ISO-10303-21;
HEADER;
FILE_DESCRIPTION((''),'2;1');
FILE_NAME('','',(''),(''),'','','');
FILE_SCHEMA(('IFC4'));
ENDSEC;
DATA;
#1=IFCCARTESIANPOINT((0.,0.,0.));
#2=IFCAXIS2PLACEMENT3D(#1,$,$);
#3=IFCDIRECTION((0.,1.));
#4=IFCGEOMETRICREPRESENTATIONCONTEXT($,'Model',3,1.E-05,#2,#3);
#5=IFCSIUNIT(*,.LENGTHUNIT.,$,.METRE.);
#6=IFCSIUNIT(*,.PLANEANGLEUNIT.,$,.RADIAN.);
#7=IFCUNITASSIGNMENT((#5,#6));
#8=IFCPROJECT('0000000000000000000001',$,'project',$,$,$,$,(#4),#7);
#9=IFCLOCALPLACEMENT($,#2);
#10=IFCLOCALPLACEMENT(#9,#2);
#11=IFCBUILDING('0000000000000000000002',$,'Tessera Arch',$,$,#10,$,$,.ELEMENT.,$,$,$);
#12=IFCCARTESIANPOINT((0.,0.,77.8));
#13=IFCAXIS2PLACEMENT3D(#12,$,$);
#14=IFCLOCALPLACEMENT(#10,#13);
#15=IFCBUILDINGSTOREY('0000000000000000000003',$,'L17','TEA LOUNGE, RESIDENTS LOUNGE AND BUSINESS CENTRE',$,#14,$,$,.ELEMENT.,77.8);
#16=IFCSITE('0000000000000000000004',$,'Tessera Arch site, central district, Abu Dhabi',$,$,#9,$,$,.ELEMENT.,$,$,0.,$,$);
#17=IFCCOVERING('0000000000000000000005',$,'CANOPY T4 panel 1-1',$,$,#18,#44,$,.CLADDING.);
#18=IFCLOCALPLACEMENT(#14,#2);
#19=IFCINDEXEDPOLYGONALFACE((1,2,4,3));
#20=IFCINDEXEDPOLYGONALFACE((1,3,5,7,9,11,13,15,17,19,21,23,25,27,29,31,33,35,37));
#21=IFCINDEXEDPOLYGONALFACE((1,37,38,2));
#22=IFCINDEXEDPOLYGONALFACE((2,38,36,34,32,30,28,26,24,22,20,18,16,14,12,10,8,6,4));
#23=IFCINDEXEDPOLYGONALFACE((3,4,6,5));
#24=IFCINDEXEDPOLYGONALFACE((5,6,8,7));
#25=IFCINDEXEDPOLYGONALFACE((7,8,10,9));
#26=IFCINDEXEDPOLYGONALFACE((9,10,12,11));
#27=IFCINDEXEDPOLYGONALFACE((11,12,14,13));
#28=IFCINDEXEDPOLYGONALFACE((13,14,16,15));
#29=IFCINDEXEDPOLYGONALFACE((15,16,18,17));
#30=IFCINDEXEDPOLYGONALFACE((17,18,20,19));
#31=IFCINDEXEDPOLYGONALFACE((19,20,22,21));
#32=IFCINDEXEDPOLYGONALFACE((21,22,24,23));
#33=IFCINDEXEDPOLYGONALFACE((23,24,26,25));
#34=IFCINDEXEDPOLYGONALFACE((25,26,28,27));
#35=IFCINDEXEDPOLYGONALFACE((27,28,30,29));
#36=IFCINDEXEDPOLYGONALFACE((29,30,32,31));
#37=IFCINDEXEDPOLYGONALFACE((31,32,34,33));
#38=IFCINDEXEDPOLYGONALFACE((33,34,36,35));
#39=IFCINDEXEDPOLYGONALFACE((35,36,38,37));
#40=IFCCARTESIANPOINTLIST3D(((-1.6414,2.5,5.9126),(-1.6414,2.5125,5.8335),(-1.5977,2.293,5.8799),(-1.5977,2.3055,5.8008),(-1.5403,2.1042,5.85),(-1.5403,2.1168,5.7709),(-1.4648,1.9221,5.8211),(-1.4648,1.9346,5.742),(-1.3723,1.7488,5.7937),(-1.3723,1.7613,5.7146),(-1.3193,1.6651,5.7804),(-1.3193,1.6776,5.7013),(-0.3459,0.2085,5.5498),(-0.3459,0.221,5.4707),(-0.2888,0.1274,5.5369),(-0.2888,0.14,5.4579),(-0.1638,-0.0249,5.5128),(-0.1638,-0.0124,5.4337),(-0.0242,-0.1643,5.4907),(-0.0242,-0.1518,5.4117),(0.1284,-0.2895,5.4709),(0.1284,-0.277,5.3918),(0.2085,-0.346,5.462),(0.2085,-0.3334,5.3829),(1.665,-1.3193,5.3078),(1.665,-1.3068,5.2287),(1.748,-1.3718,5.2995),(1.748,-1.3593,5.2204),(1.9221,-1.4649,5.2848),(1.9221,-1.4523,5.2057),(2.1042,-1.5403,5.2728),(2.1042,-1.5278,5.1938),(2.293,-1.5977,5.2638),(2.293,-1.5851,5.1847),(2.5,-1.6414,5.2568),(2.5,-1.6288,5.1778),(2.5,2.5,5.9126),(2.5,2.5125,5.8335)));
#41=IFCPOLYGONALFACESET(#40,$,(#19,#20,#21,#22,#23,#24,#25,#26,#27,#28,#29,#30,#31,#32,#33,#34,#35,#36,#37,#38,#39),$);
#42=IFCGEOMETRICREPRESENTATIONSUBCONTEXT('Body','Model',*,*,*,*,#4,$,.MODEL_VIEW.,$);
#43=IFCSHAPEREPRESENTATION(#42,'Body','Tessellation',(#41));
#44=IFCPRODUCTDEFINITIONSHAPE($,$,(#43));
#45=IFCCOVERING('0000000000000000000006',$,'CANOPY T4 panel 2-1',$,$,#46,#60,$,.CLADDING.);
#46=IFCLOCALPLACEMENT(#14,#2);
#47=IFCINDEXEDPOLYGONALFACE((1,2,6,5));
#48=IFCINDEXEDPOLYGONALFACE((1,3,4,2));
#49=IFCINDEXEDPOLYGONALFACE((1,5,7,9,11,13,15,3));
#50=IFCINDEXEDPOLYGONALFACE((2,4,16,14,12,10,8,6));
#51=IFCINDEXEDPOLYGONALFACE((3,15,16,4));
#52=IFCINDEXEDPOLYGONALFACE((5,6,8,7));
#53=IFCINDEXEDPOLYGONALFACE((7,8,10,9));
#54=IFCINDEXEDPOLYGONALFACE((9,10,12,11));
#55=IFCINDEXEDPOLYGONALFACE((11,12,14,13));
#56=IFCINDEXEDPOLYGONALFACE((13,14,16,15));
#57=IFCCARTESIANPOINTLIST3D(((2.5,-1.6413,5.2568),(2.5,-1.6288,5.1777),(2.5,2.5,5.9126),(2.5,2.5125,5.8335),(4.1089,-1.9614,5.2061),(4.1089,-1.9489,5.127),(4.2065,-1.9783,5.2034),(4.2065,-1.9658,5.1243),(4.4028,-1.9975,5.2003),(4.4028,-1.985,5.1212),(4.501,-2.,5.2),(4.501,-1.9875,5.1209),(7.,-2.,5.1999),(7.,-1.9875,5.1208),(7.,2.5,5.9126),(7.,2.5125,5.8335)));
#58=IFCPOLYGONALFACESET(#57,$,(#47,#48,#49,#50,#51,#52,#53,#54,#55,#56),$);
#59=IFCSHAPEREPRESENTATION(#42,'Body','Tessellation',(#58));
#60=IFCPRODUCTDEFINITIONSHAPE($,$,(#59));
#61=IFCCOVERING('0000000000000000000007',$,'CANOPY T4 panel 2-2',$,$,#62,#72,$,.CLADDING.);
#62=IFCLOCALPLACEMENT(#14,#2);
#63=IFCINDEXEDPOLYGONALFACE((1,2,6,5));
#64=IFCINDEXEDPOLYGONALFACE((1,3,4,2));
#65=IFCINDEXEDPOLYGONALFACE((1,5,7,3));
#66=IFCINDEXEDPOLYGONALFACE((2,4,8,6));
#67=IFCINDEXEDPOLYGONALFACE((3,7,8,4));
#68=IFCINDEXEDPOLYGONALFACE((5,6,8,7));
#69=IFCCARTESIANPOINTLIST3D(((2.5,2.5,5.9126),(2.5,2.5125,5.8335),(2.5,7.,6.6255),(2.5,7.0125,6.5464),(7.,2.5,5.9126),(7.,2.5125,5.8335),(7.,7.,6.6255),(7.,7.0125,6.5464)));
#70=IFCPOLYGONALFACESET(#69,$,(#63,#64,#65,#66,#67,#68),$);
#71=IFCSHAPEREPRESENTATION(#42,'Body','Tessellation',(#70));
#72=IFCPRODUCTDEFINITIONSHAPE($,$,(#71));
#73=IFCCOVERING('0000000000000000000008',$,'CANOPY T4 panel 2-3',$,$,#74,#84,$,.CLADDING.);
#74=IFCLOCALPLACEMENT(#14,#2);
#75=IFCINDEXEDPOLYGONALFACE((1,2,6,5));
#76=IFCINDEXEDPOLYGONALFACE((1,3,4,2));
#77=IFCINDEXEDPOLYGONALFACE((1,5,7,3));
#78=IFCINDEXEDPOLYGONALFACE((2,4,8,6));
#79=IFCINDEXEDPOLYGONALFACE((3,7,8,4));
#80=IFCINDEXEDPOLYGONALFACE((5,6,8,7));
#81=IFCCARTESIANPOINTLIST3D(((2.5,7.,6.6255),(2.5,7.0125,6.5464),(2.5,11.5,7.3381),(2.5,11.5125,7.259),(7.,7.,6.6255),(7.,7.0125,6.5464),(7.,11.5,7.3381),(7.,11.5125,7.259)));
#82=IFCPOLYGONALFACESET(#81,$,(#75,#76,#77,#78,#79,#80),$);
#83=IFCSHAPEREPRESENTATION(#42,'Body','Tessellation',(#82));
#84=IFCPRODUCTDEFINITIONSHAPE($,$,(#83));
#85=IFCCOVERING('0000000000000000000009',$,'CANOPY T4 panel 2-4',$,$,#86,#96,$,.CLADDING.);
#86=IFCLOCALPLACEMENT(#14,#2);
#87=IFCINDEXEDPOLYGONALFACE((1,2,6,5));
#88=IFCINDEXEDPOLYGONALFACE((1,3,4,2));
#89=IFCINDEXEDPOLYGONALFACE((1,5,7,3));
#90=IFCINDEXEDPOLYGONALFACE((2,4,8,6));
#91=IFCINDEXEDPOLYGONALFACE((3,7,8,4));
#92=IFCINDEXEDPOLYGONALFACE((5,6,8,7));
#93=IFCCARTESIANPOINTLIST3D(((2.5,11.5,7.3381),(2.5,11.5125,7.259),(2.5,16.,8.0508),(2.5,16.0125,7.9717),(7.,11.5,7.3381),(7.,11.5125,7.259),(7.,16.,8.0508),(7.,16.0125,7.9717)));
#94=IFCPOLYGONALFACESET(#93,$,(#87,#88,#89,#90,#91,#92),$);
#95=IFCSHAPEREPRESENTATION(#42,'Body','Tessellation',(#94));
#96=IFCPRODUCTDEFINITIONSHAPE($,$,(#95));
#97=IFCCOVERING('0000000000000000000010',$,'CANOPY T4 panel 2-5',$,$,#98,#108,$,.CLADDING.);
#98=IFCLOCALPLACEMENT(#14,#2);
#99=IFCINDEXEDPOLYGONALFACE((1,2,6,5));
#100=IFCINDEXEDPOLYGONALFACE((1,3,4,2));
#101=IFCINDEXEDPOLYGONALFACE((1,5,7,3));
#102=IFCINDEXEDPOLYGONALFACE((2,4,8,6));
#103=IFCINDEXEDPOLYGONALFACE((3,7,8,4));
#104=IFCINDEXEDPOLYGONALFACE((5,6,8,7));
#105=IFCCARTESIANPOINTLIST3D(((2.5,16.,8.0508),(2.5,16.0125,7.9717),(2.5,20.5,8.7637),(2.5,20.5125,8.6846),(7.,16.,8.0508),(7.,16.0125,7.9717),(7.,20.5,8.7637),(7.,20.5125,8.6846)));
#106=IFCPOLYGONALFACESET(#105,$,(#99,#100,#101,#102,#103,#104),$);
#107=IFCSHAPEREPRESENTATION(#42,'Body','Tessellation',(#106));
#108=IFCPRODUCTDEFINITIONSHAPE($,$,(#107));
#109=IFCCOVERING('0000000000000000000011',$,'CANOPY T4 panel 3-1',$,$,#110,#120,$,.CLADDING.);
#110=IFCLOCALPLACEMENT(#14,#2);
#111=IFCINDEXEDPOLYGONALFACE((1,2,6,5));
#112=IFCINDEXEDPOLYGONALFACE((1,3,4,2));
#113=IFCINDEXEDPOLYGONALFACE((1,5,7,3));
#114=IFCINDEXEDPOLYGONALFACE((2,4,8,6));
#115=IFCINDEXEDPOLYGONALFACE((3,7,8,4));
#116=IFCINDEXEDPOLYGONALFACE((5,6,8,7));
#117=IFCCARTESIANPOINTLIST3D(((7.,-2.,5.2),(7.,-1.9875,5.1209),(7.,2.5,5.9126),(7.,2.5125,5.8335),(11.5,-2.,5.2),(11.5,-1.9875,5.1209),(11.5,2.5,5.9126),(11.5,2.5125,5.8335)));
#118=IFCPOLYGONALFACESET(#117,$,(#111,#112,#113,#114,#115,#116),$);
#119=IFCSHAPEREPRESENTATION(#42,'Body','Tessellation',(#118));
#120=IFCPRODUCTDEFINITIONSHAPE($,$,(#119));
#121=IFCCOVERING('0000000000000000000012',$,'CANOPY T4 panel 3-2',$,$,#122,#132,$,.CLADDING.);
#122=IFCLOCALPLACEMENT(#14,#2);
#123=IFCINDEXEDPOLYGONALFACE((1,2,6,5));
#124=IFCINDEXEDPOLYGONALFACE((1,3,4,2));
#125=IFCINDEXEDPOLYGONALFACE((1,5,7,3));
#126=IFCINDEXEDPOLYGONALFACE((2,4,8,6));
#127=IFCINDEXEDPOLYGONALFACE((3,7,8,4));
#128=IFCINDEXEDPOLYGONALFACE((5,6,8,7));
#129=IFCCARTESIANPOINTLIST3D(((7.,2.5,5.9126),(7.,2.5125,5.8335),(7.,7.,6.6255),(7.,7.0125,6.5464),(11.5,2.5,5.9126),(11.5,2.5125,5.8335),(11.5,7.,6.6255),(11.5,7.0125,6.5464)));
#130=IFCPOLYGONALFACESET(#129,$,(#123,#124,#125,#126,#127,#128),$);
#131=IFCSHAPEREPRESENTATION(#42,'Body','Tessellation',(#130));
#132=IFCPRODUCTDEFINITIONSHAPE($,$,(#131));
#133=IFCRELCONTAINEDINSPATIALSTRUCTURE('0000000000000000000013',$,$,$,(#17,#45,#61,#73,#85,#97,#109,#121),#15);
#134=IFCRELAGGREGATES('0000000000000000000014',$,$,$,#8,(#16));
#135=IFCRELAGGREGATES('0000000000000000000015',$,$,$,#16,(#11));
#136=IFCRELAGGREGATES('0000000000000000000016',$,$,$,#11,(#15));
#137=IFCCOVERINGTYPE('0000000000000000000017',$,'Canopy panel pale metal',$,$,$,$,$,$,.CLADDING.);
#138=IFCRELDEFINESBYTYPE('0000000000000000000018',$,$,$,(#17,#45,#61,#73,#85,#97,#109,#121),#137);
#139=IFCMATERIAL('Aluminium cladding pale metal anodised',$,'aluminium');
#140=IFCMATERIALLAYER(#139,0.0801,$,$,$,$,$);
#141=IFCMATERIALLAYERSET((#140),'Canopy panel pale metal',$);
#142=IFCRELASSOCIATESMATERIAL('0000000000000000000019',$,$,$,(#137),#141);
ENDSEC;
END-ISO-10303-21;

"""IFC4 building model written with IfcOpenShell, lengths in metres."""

from ifc_helpers import new_model, si_unit, direction, frame, origin, place, context, subcontext, project, spatial, polyline, outline, extrude, material, layer, layer_set, type_object, element, save


model = new_model("IFC4")

# Units and contexts
model_context = context("Model", 3, precision=1e-05, world=origin(), true_north=direction((0.0, 1.0)))
body_context = subcontext(model_context, "Body", "Model", "MODEL_VIEW")
ifc_project = project(units=[si_unit("LENGTHUNIT", "METRE"), si_unit("PLANEANGLEUNIT", "RADIAN")], contexts=[model_context])

# Site, building, storey
site_placement = place(None, origin())
site = spatial("IfcSite", under=ifc_project, at=site_placement, Name="Tessera Arch site, central district, Abu Dhabi", CompositionType="ELEMENT", RefElevation=0.0)
building_placement = place(site_placement, origin())
building = spatial("IfcBuilding", under=site, at=building_placement, Name="Tessera Arch", CompositionType="ELEMENT")
storey_placement = place(building_placement, frame((0.0, 0.0, 77.8)))
storey = spatial("IfcBuildingStorey", under=building, at=storey_placement, Name="L17", Description="TEA LOUNGE, RESIDENTS LOUNGE AND BUSINESS CENTRE", CompositionType="ELEMENT", Elevation=77.8)

# Coverings
ifc_material_1 = material(Name="Aluminium cladding pale metal anodised", Category="aluminium")
ifc_layer_1 = layer(ifc_material_1, 0.0801)
ifc_layer_set_1 = layer_set([ifc_layer_1], Name="Canopy panel pale metal")
covering_type_1 = type_object("IfcCoveringType", Name="Canopy panel pale metal", PredefinedType="CLADDING", material=ifc_layer_set_1)
covering_1_placement = place(storey_placement, frame((2.5, 2.5, 5.9126), z_axis=(0.000009, -0.156394, 0.987695), x_axis=(-1.0, -0.000001, 0.000009)))
element("IfcCovering", 1, at=covering_1_placement, inside=storey, type_object=covering_type_1, Name="CANOPY T4 panel 1-1", PredefinedType="CLADDING", context=body_context, shape_type="SweptSolid", body=[
    extrude(outline(polyline([(0.0, 0.0), (4.1414, 0.0), (4.0977, 0.2096), (4.0403, 0.4007), (3.9648, 0.5851), (3.8723, 0.7606), (3.8193, 0.8453), (2.8459, 2.32), (2.7888, 2.4021), (2.6638, 2.5564), (2.5242, 2.6975), (2.3716, 2.8243), (2.2915, 2.8814), (0.835, 3.8669), (0.752, 3.9201), (0.5779, 4.0143), (0.3958, 4.0906), (0.207, 4.1487), (0.0, 4.193), (0.0, 0.0)])), origin(), (0.0, 0.0, -1.0), 0.0801),
])
covering_2_placement = place(storey_placement, frame((4.501, -2.0, 5.2), z_axis=(0.00001, -0.156413, 0.987692), x_axis=(1.0, 0.000002, -0.00001)))
element("IfcCovering", 2, at=covering_2_placement, inside=storey, type_object=covering_type_1, Name="CANOPY T4 panel 2-1", PredefinedType="CLADDING", context=body_context, shape_type="SweptSolid", body=[
    extrude(outline(polyline([(0.0, 0.0), (2.499, 0.0), (2.499, 4.5561), (-2.001, 4.5561), (-2.001, 0.3631), (-0.3921, 0.0391), (-0.2944, 0.022), (-0.0981, 0.0025), (0.0, 0.0)])), origin(), (0.0, 0.0, -1.0), 0.0801),
])
covering_3_placement = place(storey_placement, frame((7.0, 2.5, 5.9126), z_axis=(0.0, -0.156469, 0.987683), x_axis=(0.0, 0.987683, 0.156469)))
element("IfcCovering", 3, at=covering_3_placement, inside=storey, type_object=covering_type_1, Name="CANOPY T4 panel 2-2", PredefinedType="CLADDING", context=body_context, shape_type="SweptSolid", body=[
    extrude(outline(polyline([(0.0, 0.0), (4.5561, 0.0), (4.5561, 4.5), (0.0, 4.5), (0.0, 0.0)])), origin(), (0.0, 0.0, -1.0), 0.0801),
])
for number, where, z_axis, x_axis, name in (
    (4, (7.0, 7.0, 6.6255), (0.0, -0.156417, 0.987691), (0.0, 0.987691, 0.156417), "CANOPY T4 panel 2-3"),
    (5, (7.0, 11.5, 7.3381), (0.0, -0.156417, 0.987691), (0.0, 0.987691, 0.156417), "CANOPY T4 panel 2-4"),
):
    element("IfcCovering", number, at=place(storey_placement, frame(where, z_axis=z_axis, x_axis=x_axis)), inside=storey, type_object=covering_type_1, Name=name, PredefinedType="CLADDING", context=body_context, shape_type="SweptSolid", body=[
        extrude(outline(polyline([(0.0, 0.0), (4.5561, 0.0), (4.5561, 4.5), (0.0, 4.5), (0.0, 0.0)])), origin(), (0.0, 0.0, -1.0), 0.0801),
    ])
covering_4_placement = place(storey_placement, frame((7.0, 16.0, 8.0508), z_axis=(0.0, -0.156469, 0.987683), x_axis=(0.0, 0.987683, 0.156469)))
element("IfcCovering", 6, at=covering_4_placement, inside=storey, type_object=covering_type_1, Name="CANOPY T4 panel 2-5", PredefinedType="CLADDING", context=body_context, shape_type="SweptSolid", body=[
    extrude(outline(polyline([(0.0, 0.0), (4.5561, 0.0), (4.5561, 4.5), (0.0, 4.5), (0.0, 0.0)])), origin(), (0.0, 0.0, -1.0), 0.0801),
])
covering_5_placement = place(storey_placement, frame((11.5, -2.0, 5.2), z_axis=(0.0, -0.156417, 0.987691), x_axis=(0.0, 0.987691, 0.156417)))
element("IfcCovering", 7, at=covering_5_placement, inside=storey, type_object=covering_type_1, Name="CANOPY T4 panel 3-1", PredefinedType="CLADDING", context=body_context, shape_type="SweptSolid", body=[
    extrude(outline(polyline([(0.0, 0.0), (4.5561, 0.0), (4.5561, 4.5), (0.0, 4.5), (0.0, 0.0)])), origin(), (0.0, 0.0, -1.0), 0.0801),
])
covering_6_placement = place(storey_placement, frame((11.5, 2.5, 5.9126), z_axis=(0.0, -0.156469, 0.987683), x_axis=(0.0, 0.987683, 0.156469)))
element("IfcCovering", 8, at=covering_6_placement, inside=storey, type_object=covering_type_1, Name="CANOPY T4 panel 3-2", PredefinedType="CLADDING", context=body_context, shape_type="SweptSolid", body=[
    extrude(outline(polyline([(0.0, 0.0), (4.5561, 0.0), (4.5561, 4.5), (0.0, 4.5), (0.0, 0.0)])), origin(), (0.0, 0.0, -1.0), 0.0801),
])

save(model, "model.ifc")
